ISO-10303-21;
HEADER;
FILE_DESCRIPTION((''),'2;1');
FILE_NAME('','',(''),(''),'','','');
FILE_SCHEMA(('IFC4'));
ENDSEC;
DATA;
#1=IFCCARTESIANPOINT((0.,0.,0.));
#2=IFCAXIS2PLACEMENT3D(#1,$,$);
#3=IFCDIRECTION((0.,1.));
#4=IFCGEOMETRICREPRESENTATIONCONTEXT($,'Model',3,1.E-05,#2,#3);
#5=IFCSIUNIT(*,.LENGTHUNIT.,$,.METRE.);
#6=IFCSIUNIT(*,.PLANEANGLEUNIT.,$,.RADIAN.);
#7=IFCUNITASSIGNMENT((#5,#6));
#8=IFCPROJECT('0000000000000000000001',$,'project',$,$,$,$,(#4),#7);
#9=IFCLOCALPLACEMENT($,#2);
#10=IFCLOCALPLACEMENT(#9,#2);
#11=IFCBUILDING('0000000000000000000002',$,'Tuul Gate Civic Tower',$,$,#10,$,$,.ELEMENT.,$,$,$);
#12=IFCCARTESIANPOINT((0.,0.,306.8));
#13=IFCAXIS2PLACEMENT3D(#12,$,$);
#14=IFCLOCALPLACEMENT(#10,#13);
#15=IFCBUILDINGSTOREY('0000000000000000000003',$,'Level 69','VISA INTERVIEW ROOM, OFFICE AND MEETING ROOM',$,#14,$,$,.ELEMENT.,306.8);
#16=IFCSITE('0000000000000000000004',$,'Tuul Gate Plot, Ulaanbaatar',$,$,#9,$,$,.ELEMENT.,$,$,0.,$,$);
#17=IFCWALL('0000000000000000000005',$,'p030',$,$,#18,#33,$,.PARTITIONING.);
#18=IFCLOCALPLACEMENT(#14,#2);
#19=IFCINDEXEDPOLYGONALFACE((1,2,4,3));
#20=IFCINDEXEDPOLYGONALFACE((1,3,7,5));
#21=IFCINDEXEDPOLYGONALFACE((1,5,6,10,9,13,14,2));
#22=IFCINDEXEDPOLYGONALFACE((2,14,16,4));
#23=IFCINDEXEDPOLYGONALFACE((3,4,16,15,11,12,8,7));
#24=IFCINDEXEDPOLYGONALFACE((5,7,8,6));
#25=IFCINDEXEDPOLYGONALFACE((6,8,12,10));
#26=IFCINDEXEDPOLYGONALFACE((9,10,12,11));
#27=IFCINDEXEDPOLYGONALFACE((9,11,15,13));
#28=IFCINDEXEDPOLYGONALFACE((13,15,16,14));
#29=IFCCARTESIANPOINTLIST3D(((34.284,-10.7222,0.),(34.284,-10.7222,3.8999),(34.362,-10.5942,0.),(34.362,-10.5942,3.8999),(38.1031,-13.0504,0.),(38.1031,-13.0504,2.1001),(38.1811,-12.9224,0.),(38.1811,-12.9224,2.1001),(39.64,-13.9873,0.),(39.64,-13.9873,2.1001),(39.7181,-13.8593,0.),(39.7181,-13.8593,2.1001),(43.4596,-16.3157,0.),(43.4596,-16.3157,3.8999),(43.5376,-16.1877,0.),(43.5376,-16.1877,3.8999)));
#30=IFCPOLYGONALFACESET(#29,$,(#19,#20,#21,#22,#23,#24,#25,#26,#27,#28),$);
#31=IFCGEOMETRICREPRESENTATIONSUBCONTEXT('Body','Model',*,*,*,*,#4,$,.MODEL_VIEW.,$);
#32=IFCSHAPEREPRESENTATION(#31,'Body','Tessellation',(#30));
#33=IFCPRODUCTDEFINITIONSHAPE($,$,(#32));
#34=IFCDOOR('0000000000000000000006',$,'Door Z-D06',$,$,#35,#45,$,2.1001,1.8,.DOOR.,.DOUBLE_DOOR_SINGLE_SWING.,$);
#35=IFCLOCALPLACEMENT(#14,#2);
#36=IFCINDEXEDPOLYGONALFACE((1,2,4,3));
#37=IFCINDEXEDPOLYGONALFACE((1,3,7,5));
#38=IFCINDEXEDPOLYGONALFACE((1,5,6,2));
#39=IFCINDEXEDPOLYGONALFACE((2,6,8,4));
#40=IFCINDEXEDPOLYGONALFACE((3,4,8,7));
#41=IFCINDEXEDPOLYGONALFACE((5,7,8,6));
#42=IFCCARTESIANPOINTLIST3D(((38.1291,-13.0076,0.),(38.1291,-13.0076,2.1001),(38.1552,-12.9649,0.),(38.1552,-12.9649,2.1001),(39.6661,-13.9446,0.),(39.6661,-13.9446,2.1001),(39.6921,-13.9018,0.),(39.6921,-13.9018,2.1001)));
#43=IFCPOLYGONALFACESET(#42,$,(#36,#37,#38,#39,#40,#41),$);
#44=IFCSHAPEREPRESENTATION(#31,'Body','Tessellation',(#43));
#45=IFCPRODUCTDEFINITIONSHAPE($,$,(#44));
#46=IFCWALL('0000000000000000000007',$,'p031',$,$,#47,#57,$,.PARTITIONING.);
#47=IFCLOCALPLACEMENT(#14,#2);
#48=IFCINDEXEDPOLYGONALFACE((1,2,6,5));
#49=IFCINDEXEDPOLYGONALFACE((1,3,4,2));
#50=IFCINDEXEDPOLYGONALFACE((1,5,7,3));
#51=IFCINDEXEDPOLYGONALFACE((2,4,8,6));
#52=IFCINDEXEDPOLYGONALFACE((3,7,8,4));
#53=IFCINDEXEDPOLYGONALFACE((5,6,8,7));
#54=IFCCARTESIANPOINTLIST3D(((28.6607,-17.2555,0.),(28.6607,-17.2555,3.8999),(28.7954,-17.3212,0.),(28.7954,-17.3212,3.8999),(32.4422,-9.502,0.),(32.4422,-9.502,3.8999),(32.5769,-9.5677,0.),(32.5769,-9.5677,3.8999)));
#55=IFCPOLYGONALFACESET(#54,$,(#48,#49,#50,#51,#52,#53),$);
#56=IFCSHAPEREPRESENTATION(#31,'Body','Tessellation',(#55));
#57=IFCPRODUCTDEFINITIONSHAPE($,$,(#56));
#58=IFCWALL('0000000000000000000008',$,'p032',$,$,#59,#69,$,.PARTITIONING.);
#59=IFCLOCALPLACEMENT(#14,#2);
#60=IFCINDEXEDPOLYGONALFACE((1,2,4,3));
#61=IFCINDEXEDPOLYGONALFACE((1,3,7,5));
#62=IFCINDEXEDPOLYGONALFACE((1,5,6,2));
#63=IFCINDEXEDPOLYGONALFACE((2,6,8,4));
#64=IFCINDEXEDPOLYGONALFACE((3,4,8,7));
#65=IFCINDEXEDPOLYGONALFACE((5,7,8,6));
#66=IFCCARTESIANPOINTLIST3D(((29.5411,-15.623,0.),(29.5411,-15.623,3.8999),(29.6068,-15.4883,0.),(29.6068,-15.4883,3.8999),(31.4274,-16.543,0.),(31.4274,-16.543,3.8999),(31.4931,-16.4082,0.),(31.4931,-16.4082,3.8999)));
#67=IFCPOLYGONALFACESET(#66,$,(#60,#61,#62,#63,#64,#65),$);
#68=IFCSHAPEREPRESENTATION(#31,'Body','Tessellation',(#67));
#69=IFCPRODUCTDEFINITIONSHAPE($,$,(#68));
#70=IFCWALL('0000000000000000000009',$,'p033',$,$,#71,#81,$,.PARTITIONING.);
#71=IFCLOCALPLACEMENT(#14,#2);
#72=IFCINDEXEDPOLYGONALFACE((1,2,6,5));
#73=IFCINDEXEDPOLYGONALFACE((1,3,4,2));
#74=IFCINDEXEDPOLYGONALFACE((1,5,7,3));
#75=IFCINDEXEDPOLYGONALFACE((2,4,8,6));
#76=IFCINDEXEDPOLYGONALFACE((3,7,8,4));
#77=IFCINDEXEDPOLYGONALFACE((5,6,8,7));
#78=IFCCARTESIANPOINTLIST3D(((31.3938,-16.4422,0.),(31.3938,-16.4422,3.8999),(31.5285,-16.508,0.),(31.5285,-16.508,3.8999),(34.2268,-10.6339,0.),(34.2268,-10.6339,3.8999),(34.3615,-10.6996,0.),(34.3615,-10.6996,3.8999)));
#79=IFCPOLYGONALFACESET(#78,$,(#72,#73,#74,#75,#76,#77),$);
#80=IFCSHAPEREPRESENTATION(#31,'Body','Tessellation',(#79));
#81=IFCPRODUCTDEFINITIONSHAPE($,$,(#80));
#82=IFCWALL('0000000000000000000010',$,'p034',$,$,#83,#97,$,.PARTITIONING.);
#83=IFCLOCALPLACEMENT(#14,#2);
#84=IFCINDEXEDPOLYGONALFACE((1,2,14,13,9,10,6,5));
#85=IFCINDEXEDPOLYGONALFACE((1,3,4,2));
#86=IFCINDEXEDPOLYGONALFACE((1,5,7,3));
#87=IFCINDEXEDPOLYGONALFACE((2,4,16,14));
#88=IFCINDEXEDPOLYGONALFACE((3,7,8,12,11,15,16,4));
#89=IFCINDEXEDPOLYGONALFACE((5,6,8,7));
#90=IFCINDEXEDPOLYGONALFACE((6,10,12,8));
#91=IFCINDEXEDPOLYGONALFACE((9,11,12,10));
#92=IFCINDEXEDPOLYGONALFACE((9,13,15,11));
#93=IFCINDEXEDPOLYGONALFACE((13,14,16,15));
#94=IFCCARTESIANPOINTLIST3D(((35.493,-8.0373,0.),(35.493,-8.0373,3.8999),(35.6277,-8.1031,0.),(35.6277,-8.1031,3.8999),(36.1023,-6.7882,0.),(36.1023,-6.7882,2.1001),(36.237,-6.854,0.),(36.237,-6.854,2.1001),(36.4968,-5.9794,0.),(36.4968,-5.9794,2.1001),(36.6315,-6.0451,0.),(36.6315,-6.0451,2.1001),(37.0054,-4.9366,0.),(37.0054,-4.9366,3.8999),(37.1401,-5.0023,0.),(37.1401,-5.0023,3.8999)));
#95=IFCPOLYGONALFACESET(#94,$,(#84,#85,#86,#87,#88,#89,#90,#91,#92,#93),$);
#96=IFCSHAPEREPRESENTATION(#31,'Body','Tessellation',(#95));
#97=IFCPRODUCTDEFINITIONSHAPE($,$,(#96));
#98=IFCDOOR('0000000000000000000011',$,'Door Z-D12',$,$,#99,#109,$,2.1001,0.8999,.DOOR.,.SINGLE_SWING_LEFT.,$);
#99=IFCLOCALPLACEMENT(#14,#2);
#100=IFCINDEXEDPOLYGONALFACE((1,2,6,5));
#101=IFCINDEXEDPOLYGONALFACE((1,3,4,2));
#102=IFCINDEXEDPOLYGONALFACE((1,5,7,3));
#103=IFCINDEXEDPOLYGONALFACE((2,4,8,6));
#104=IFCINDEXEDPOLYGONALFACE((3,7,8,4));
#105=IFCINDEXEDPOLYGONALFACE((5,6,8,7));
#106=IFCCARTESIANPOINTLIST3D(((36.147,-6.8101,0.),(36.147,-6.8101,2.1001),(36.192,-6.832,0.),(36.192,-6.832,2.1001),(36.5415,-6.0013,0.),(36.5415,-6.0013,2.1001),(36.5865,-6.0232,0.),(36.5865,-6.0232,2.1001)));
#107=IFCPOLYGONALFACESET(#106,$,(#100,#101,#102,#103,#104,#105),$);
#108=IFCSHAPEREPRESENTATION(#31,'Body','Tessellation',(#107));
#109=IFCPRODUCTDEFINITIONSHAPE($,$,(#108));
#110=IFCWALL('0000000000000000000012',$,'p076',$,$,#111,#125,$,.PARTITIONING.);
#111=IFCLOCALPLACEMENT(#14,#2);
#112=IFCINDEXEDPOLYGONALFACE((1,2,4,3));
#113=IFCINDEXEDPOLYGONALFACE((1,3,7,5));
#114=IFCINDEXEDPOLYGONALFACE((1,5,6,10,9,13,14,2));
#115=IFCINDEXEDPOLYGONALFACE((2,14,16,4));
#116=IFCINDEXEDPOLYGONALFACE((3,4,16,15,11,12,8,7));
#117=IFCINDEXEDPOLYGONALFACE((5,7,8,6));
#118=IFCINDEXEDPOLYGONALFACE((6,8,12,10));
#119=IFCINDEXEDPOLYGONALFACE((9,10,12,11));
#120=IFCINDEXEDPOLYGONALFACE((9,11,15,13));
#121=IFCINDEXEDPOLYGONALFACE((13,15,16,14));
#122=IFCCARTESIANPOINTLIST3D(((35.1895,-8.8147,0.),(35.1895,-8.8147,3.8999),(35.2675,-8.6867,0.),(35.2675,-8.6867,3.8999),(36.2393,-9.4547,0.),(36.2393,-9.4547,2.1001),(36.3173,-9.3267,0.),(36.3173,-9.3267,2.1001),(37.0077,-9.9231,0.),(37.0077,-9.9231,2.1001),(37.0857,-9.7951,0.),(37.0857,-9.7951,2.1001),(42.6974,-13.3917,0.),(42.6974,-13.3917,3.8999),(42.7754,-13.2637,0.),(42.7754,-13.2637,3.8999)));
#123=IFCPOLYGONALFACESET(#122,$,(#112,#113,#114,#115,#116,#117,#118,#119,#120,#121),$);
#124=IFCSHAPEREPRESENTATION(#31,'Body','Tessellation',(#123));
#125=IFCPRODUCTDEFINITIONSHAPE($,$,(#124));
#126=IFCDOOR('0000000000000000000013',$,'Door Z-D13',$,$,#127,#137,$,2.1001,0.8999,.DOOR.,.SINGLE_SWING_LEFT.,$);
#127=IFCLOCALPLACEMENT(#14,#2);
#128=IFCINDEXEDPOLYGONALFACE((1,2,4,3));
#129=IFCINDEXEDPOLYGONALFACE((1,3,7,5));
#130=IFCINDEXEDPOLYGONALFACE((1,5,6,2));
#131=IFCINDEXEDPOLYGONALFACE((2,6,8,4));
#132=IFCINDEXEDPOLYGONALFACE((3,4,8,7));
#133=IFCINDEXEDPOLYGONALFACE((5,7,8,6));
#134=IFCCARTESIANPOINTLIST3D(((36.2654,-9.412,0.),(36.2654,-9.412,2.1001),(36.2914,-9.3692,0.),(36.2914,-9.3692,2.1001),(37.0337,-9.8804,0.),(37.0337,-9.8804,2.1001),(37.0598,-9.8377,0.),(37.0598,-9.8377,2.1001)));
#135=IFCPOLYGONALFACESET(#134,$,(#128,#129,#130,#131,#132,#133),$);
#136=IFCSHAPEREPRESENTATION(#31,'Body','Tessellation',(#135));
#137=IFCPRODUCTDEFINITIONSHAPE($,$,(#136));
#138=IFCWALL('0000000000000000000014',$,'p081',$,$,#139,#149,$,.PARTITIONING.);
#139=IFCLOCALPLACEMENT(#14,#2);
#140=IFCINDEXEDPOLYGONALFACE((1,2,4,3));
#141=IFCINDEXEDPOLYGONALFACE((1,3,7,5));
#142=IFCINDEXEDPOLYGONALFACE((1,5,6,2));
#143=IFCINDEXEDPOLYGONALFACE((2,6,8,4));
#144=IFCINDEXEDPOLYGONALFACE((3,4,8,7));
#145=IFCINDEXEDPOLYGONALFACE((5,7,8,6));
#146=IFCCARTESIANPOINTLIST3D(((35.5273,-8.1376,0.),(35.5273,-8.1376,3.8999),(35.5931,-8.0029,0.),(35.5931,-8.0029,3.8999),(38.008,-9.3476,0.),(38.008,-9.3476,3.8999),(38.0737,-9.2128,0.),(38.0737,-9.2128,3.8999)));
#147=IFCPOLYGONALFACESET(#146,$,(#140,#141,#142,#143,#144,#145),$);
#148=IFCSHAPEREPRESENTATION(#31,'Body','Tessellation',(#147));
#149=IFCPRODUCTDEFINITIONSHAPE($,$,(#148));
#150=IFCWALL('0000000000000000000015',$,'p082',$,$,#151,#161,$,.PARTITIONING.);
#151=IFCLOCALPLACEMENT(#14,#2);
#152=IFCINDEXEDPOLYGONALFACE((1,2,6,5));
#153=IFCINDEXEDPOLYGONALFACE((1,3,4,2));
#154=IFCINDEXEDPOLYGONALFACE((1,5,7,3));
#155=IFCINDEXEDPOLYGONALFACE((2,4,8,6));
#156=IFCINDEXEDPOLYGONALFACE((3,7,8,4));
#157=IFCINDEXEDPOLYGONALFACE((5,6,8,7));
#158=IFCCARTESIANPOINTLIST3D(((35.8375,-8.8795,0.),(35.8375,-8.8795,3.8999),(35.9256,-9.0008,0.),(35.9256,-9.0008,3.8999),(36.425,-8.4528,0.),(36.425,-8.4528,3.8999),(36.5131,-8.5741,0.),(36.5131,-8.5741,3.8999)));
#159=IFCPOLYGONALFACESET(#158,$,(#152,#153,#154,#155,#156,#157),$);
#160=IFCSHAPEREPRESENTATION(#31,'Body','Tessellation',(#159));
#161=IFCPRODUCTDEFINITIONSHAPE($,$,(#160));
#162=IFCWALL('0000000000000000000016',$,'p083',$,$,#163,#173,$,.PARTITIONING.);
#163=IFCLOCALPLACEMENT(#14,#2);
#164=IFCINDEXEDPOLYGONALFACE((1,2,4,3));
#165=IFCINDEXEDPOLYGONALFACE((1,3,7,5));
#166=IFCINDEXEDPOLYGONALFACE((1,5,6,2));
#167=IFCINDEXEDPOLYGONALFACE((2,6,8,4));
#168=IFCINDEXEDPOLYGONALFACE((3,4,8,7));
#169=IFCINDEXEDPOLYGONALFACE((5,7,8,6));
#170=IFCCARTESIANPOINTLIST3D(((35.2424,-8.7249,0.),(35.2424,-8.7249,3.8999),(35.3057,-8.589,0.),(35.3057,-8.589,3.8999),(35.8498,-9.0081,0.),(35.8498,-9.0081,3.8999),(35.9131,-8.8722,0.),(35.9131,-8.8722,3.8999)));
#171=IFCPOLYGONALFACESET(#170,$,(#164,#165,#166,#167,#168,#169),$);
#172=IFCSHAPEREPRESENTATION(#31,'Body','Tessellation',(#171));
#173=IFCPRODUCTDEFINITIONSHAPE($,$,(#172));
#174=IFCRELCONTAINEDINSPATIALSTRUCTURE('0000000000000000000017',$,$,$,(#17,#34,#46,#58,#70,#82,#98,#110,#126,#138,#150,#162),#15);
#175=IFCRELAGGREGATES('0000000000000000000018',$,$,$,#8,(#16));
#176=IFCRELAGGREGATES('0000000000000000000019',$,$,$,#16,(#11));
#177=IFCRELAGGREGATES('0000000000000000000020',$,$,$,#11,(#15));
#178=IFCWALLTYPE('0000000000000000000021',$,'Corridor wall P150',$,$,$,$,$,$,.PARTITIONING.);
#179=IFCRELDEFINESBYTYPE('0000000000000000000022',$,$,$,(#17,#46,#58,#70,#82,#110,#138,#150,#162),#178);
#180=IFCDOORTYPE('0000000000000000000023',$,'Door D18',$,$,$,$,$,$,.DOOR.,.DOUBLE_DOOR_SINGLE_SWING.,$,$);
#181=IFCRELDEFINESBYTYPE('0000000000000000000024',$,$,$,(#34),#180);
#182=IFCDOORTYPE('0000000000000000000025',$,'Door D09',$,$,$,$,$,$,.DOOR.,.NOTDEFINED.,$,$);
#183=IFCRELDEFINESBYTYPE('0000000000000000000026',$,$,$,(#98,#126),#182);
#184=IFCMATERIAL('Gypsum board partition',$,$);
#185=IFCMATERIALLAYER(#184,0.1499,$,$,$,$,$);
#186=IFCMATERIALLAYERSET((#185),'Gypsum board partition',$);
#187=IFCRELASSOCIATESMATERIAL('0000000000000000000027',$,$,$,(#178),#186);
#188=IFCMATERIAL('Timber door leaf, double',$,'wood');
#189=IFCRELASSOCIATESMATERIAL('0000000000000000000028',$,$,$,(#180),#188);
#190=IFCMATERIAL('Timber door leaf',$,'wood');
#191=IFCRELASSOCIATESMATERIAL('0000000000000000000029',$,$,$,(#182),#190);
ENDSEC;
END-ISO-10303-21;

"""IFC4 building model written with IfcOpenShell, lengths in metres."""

from ifc_helpers import new_model, si_unit, direction, frame, frame_2d, origin, place, context, subcontext, project, spatial, rectangle, extrude, material, layer, layer_set, type_object, element, fill, save


model = new_model("IFC4")

# Units and contexts
model_context = context("Model", 3, precision=1e-05, world=origin(), true_north=direction((0.0, 1.0)))
body_context = subcontext(model_context, "Body", "Model", "MODEL_VIEW")
ifc_project = project(units=[si_unit("LENGTHUNIT", "METRE"), si_unit("PLANEANGLEUNIT", "RADIAN")], contexts=[model_context])

# Site, building, storey
site_placement = place(None, origin())
site = spatial("IfcSite", under=ifc_project, at=site_placement, Name="Tuul Gate Plot, Ulaanbaatar", CompositionType="ELEMENT", RefElevation=0.0)
building_placement = place(site_placement, origin())
building = spatial("IfcBuilding", under=site, at=building_placement, Name="Tuul Gate Civic Tower", CompositionType="ELEMENT")
storey_placement = place(building_placement, frame((0.0, 0.0, 306.8)))
storey = spatial("IfcBuildingStorey", under=building, at=storey_placement, Name="Level 69", Description="VISA INTERVIEW ROOM, OFFICE AND MEETING ROOM", CompositionType="ELEMENT", Elevation=306.8)

# Wall, opening, door
ifc_material_1 = material(Name="Gypsum board partition")
ifc_layer_1 = layer(ifc_material_1, 0.1499)
ifc_layer_set_1 = layer_set([ifc_layer_1], Name="Gypsum board partition")
wall_type_1 = type_object("IfcWallType", Name="Corridor wall P150", PredefinedType="PARTITIONING", material=ifc_layer_set_1)
wall_1_placement = place(storey_placement, frame((34.323, -10.6582, 0.0), z_axis=(0.0, 0.0, 1.0), x_axis=(0.853851, -0.520517, 0.0)))
wall_1 = element("IfcWall", 1, at=wall_1_placement, inside=storey, type_object=wall_type_1, Name="p030", PredefinedType="PARTITIONING", context=body_context, shape_type="SweptSolid", body=[
    extrude(rectangle(XDim=10.7461, YDim=0.1499, at=frame_2d((5.373, 0.0))), origin(), (0.0, 0.0, 1.0), 3.8999),
])
opening_1_placement = place(wall_1_placement, frame((4.4729, 0.0, 0.0)))
opening_1 = element("IfcOpeningElement", 2, at=opening_1_placement, cuts=wall_1, PredefinedType="OPENING", context=body_context, shape_type="SweptSolid", body=[
    extrude(rectangle(XDim=1.8, YDim=2.1001, at=frame_2d((0.8999, 1.05))), frame((0.0, 0.085, 0.0), z_axis=(0.0, -1.0, 0.0), x_axis=(1.0, 0.0, 0.0)), (0.0, 0.0, 1.0), 0.1699),
])
ifc_material_2 = material(Name="Timber door leaf, double", Category="wood")
door_type_1 = type_object("IfcDoorType", Name="Door D18", OperationType="DOUBLE_DOOR_SINGLE_SWING", PredefinedType="DOOR", material=ifc_material_2)
door_1_placement = place(opening_1_placement, frame((1.8, 0.0, 0.0), z_axis=(0.0, 0.0, 1.0), x_axis=(-1.0, 0.0, 0.0)))
door_1 = element("IfcDoor", 3, at=door_1_placement, inside=storey, type_object=door_type_1, Name="Door Z-D06", OperationType="DOUBLE_DOOR_SINGLE_SWING", OverallHeight=2.1001, OverallWidth=1.8, PredefinedType="DOOR", context=body_context, shape_type="SweptSolid", body=[
    extrude(rectangle(XDim=1.8, YDim=2.1001, at=frame_2d((0.9001, 1.05))), frame((0.0, 0.0249, 0.0), z_axis=(0.0, -1.0, 0.0), x_axis=(1.0, 0.0, 0.0)), (0.0, 0.0, 1.0), 0.05),
])
fill(opening_1, door_1)

# Walls
wall_2_placement = place(storey_placement, frame((28.728, -17.2883, 0.0), z_axis=(0.0, 0.0, 1.0), x_axis=(0.438362, 0.898799, 0.0)))
element("IfcWall", 4, at=wall_2_placement, inside=storey, type_object=wall_type_1, Name="p031", PredefinedType="PARTITIONING", context=body_context, shape_type="SweptSolid", body=[
    extrude(rectangle(XDim=8.6265, YDim=0.1499, at=frame_2d((4.3132, 0.0))), origin(), (0.0, 0.0, 1.0), 3.8999),
])
wall_3_placement = place(storey_placement, frame((29.574, -15.5557, 0.0), z_axis=(0.0, 0.0, 1.0), x_axis=(0.898804, -0.43835, 0.0)))
element("IfcWall", 5, at=wall_3_placement, inside=storey, type_object=wall_type_1, Name="p032", PredefinedType="PARTITIONING", context=body_context, shape_type="SweptSolid", body=[
    extrude(rectangle(XDim=2.0986, YDim=0.1499, at=frame_2d((1.0493, 0.0))), origin(), (0.0, 0.0, 1.0), 3.8999),
])
wall_4_placement = place(storey_placement, frame((31.4612, -16.4751, 0.0), z_axis=(0.0, 0.0, 1.0), x_axis=(0.438382, 0.898789, 0.0)))
element("IfcWall", 6, at=wall_4_placement, inside=storey, type_object=wall_type_1, Name="p033", PredefinedType="PARTITIONING", context=body_context, shape_type="SweptSolid", body=[
    extrude(rectangle(XDim=6.4624, YDim=0.1499, at=frame_2d((3.2312, 0.0))), origin(), (0.0, 0.0, 1.0), 3.8999),
])

# Walls, openings, doors
wall_5_placement = place(storey_placement, frame((35.5603, -8.0703, 0.0), z_axis=(0.0, 0.0, 1.0), x_axis=(0.438389, 0.898785, 0.0)))
wall_5 = element("IfcWall", 7, at=wall_5_placement, inside=storey, type_object=wall_type_1, Name="p034", PredefinedType="PARTITIONING", context=body_context, shape_type="SweptSolid", body=[
    extrude(rectangle(XDim=3.45, YDim=0.1499, at=frame_2d((1.7251, 0.0))), origin(), (0.0, 0.0, 1.0), 3.8999),
])
opening_2_placement = place(wall_5_placement, frame((1.3899, 0.0, 0.0)))
opening_2 = element("IfcOpeningElement", 8, at=opening_2_placement, cuts=wall_5, PredefinedType="OPENING", context=body_context, shape_type="SweptSolid", body=[
    extrude(rectangle(XDim=0.8999, YDim=2.1001, at=frame_2d((0.45, 1.05))), frame((0.0, 0.085, 0.0), z_axis=(0.0, -1.0, 0.0), x_axis=(1.0, 0.0, 0.0)), (0.0, 0.0, 1.0), 0.1699),
])
ifc_material_3 = material(Name="Timber door leaf", Category="wood")
door_type_2 = type_object("IfcDoorType", Name="Door D09", OperationType="NOTDEFINED", PredefinedType="DOOR", material=ifc_material_3)
door_2_placement = place(opening_2_placement, frame((0.8999, 0.0, 0.0), z_axis=(0.0, 0.0, 1.0), x_axis=(-1.0, 0.0, 0.0)))
door_2 = element("IfcDoor", 9, at=door_2_placement, inside=storey, type_object=door_type_2, Name="Door Z-D12", OperationType="SINGLE_SWING_LEFT", OverallHeight=2.1001, OverallWidth=0.8999, PredefinedType="DOOR", context=body_context, shape_type="SweptSolid", body=[
    extrude(rectangle(XDim=0.8999, YDim=2.1001, at=frame_2d((0.45, 1.05))), frame((0.0, 0.0249, 0.0), z_axis=(0.0, -1.0, 0.0), x_axis=(1.0, 0.0, 0.0)), (0.0, 0.0, 1.0), 0.05),
])
fill(opening_2, door_2)
wall_6_placement = place(storey_placement, frame((35.2285, -8.7507, 0.0), z_axis=(0.0, 0.0, 1.0), x_axis=(0.853848, -0.520522, 0.0)))
wall_6 = element("IfcWall", 10, at=wall_6_placement, inside=storey, type_object=wall_type_1, Name="p076", PredefinedType="PARTITIONING", context=body_context, shape_type="SweptSolid", body=[
    extrude(rectangle(XDim=8.793, YDim=0.1499, at=frame_2d((4.3965, 0.0))), origin(), (0.0, 0.0, 1.0), 3.8999),
])
opening_3_placement = place(wall_6_placement, frame((1.2295, 0.0, 0.0)))
opening_3 = element("IfcOpeningElement", 11, at=opening_3_placement, cuts=wall_6, PredefinedType="OPENING", context=body_context, shape_type="SweptSolid", body=[
    extrude(rectangle(XDim=0.8999, YDim=2.1001, at=frame_2d((0.45, 1.05))), frame((0.0, 0.085, 0.0), z_axis=(0.0, -1.0, 0.0), x_axis=(1.0, 0.0, 0.0)), (0.0, 0.0, 1.0), 0.1699),
])
door_3_placement = place(opening_3_placement, frame((0.8999, 0.0, 0.0), z_axis=(0.0, 0.0, 1.0), x_axis=(-1.0, 0.0, 0.0)))
door_3 = element("IfcDoor", 12, at=door_3_placement, inside=storey, type_object=door_type_2, Name="Door Z-D13", OperationType="SINGLE_SWING_LEFT", OverallHeight=2.1001, OverallWidth=0.8999, PredefinedType="DOOR", context=body_context, shape_type="SweptSolid", body=[
    extrude(rectangle(XDim=0.8999, YDim=2.1001, at=frame_2d((0.45, 1.05))), frame((0.0, 0.0249, 0.0), z_axis=(0.0, -1.0, 0.0), x_axis=(1.0, 0.0, 0.0)), (0.0, 0.0, 1.0), 0.05),
])
fill(opening_3, door_3)

# Walls
wall_7_placement = place(storey_placement, frame((35.5603, -8.0703, 0.0), z_axis=(0.0, 0.0, 1.0), x_axis=(0.898789, -0.438382, 0.0)))
element("IfcWall", 13, at=wall_7_placement, inside=storey, type_object=wall_type_1, Name="p081", PredefinedType="PARTITIONING", context=body_context, shape_type="SweptSolid", body=[
    extrude(rectangle(XDim=2.76, YDim=0.1499, at=frame_2d((1.3799, 0.0))), origin(), (0.0, 0.0, 1.0), 3.8999),
])
wall_8_placement = place(storey_placement, frame((35.8816, -8.9402, 0.0), z_axis=(0.0, 0.0, 1.0), x_axis=(0.809027, 0.587772, 0.0)))
element("IfcWall", 14, at=wall_8_placement, inside=storey, type_object=wall_type_1, Name="p082", PredefinedType="PARTITIONING", context=body_context, shape_type="SweptSolid", body=[
    extrude(rectangle(XDim=0.7261, YDim=0.1499, at=frame_2d((0.363, 0.0))), origin(), (0.0, 0.0, 1.0), 3.8999),
])
wall_9_placement = place(storey_placement, frame((35.2742, -8.657, 0.0), z_axis=(0.0, 0.0, 1.0), x_axis=(0.906332, -0.422566, 0.0)))
element("IfcWall", 15, at=wall_9_placement, inside=storey, type_object=wall_type_1, Name="p083", PredefinedType="PARTITIONING", context=body_context, shape_type="SweptSolid", body=[
    extrude(rectangle(XDim=0.6702, YDim=0.1499, at=frame_2d((0.335, 0.0))), origin(), (0.0, 0.0, 1.0), 3.8999),
])

save(model, "model.ifc")
